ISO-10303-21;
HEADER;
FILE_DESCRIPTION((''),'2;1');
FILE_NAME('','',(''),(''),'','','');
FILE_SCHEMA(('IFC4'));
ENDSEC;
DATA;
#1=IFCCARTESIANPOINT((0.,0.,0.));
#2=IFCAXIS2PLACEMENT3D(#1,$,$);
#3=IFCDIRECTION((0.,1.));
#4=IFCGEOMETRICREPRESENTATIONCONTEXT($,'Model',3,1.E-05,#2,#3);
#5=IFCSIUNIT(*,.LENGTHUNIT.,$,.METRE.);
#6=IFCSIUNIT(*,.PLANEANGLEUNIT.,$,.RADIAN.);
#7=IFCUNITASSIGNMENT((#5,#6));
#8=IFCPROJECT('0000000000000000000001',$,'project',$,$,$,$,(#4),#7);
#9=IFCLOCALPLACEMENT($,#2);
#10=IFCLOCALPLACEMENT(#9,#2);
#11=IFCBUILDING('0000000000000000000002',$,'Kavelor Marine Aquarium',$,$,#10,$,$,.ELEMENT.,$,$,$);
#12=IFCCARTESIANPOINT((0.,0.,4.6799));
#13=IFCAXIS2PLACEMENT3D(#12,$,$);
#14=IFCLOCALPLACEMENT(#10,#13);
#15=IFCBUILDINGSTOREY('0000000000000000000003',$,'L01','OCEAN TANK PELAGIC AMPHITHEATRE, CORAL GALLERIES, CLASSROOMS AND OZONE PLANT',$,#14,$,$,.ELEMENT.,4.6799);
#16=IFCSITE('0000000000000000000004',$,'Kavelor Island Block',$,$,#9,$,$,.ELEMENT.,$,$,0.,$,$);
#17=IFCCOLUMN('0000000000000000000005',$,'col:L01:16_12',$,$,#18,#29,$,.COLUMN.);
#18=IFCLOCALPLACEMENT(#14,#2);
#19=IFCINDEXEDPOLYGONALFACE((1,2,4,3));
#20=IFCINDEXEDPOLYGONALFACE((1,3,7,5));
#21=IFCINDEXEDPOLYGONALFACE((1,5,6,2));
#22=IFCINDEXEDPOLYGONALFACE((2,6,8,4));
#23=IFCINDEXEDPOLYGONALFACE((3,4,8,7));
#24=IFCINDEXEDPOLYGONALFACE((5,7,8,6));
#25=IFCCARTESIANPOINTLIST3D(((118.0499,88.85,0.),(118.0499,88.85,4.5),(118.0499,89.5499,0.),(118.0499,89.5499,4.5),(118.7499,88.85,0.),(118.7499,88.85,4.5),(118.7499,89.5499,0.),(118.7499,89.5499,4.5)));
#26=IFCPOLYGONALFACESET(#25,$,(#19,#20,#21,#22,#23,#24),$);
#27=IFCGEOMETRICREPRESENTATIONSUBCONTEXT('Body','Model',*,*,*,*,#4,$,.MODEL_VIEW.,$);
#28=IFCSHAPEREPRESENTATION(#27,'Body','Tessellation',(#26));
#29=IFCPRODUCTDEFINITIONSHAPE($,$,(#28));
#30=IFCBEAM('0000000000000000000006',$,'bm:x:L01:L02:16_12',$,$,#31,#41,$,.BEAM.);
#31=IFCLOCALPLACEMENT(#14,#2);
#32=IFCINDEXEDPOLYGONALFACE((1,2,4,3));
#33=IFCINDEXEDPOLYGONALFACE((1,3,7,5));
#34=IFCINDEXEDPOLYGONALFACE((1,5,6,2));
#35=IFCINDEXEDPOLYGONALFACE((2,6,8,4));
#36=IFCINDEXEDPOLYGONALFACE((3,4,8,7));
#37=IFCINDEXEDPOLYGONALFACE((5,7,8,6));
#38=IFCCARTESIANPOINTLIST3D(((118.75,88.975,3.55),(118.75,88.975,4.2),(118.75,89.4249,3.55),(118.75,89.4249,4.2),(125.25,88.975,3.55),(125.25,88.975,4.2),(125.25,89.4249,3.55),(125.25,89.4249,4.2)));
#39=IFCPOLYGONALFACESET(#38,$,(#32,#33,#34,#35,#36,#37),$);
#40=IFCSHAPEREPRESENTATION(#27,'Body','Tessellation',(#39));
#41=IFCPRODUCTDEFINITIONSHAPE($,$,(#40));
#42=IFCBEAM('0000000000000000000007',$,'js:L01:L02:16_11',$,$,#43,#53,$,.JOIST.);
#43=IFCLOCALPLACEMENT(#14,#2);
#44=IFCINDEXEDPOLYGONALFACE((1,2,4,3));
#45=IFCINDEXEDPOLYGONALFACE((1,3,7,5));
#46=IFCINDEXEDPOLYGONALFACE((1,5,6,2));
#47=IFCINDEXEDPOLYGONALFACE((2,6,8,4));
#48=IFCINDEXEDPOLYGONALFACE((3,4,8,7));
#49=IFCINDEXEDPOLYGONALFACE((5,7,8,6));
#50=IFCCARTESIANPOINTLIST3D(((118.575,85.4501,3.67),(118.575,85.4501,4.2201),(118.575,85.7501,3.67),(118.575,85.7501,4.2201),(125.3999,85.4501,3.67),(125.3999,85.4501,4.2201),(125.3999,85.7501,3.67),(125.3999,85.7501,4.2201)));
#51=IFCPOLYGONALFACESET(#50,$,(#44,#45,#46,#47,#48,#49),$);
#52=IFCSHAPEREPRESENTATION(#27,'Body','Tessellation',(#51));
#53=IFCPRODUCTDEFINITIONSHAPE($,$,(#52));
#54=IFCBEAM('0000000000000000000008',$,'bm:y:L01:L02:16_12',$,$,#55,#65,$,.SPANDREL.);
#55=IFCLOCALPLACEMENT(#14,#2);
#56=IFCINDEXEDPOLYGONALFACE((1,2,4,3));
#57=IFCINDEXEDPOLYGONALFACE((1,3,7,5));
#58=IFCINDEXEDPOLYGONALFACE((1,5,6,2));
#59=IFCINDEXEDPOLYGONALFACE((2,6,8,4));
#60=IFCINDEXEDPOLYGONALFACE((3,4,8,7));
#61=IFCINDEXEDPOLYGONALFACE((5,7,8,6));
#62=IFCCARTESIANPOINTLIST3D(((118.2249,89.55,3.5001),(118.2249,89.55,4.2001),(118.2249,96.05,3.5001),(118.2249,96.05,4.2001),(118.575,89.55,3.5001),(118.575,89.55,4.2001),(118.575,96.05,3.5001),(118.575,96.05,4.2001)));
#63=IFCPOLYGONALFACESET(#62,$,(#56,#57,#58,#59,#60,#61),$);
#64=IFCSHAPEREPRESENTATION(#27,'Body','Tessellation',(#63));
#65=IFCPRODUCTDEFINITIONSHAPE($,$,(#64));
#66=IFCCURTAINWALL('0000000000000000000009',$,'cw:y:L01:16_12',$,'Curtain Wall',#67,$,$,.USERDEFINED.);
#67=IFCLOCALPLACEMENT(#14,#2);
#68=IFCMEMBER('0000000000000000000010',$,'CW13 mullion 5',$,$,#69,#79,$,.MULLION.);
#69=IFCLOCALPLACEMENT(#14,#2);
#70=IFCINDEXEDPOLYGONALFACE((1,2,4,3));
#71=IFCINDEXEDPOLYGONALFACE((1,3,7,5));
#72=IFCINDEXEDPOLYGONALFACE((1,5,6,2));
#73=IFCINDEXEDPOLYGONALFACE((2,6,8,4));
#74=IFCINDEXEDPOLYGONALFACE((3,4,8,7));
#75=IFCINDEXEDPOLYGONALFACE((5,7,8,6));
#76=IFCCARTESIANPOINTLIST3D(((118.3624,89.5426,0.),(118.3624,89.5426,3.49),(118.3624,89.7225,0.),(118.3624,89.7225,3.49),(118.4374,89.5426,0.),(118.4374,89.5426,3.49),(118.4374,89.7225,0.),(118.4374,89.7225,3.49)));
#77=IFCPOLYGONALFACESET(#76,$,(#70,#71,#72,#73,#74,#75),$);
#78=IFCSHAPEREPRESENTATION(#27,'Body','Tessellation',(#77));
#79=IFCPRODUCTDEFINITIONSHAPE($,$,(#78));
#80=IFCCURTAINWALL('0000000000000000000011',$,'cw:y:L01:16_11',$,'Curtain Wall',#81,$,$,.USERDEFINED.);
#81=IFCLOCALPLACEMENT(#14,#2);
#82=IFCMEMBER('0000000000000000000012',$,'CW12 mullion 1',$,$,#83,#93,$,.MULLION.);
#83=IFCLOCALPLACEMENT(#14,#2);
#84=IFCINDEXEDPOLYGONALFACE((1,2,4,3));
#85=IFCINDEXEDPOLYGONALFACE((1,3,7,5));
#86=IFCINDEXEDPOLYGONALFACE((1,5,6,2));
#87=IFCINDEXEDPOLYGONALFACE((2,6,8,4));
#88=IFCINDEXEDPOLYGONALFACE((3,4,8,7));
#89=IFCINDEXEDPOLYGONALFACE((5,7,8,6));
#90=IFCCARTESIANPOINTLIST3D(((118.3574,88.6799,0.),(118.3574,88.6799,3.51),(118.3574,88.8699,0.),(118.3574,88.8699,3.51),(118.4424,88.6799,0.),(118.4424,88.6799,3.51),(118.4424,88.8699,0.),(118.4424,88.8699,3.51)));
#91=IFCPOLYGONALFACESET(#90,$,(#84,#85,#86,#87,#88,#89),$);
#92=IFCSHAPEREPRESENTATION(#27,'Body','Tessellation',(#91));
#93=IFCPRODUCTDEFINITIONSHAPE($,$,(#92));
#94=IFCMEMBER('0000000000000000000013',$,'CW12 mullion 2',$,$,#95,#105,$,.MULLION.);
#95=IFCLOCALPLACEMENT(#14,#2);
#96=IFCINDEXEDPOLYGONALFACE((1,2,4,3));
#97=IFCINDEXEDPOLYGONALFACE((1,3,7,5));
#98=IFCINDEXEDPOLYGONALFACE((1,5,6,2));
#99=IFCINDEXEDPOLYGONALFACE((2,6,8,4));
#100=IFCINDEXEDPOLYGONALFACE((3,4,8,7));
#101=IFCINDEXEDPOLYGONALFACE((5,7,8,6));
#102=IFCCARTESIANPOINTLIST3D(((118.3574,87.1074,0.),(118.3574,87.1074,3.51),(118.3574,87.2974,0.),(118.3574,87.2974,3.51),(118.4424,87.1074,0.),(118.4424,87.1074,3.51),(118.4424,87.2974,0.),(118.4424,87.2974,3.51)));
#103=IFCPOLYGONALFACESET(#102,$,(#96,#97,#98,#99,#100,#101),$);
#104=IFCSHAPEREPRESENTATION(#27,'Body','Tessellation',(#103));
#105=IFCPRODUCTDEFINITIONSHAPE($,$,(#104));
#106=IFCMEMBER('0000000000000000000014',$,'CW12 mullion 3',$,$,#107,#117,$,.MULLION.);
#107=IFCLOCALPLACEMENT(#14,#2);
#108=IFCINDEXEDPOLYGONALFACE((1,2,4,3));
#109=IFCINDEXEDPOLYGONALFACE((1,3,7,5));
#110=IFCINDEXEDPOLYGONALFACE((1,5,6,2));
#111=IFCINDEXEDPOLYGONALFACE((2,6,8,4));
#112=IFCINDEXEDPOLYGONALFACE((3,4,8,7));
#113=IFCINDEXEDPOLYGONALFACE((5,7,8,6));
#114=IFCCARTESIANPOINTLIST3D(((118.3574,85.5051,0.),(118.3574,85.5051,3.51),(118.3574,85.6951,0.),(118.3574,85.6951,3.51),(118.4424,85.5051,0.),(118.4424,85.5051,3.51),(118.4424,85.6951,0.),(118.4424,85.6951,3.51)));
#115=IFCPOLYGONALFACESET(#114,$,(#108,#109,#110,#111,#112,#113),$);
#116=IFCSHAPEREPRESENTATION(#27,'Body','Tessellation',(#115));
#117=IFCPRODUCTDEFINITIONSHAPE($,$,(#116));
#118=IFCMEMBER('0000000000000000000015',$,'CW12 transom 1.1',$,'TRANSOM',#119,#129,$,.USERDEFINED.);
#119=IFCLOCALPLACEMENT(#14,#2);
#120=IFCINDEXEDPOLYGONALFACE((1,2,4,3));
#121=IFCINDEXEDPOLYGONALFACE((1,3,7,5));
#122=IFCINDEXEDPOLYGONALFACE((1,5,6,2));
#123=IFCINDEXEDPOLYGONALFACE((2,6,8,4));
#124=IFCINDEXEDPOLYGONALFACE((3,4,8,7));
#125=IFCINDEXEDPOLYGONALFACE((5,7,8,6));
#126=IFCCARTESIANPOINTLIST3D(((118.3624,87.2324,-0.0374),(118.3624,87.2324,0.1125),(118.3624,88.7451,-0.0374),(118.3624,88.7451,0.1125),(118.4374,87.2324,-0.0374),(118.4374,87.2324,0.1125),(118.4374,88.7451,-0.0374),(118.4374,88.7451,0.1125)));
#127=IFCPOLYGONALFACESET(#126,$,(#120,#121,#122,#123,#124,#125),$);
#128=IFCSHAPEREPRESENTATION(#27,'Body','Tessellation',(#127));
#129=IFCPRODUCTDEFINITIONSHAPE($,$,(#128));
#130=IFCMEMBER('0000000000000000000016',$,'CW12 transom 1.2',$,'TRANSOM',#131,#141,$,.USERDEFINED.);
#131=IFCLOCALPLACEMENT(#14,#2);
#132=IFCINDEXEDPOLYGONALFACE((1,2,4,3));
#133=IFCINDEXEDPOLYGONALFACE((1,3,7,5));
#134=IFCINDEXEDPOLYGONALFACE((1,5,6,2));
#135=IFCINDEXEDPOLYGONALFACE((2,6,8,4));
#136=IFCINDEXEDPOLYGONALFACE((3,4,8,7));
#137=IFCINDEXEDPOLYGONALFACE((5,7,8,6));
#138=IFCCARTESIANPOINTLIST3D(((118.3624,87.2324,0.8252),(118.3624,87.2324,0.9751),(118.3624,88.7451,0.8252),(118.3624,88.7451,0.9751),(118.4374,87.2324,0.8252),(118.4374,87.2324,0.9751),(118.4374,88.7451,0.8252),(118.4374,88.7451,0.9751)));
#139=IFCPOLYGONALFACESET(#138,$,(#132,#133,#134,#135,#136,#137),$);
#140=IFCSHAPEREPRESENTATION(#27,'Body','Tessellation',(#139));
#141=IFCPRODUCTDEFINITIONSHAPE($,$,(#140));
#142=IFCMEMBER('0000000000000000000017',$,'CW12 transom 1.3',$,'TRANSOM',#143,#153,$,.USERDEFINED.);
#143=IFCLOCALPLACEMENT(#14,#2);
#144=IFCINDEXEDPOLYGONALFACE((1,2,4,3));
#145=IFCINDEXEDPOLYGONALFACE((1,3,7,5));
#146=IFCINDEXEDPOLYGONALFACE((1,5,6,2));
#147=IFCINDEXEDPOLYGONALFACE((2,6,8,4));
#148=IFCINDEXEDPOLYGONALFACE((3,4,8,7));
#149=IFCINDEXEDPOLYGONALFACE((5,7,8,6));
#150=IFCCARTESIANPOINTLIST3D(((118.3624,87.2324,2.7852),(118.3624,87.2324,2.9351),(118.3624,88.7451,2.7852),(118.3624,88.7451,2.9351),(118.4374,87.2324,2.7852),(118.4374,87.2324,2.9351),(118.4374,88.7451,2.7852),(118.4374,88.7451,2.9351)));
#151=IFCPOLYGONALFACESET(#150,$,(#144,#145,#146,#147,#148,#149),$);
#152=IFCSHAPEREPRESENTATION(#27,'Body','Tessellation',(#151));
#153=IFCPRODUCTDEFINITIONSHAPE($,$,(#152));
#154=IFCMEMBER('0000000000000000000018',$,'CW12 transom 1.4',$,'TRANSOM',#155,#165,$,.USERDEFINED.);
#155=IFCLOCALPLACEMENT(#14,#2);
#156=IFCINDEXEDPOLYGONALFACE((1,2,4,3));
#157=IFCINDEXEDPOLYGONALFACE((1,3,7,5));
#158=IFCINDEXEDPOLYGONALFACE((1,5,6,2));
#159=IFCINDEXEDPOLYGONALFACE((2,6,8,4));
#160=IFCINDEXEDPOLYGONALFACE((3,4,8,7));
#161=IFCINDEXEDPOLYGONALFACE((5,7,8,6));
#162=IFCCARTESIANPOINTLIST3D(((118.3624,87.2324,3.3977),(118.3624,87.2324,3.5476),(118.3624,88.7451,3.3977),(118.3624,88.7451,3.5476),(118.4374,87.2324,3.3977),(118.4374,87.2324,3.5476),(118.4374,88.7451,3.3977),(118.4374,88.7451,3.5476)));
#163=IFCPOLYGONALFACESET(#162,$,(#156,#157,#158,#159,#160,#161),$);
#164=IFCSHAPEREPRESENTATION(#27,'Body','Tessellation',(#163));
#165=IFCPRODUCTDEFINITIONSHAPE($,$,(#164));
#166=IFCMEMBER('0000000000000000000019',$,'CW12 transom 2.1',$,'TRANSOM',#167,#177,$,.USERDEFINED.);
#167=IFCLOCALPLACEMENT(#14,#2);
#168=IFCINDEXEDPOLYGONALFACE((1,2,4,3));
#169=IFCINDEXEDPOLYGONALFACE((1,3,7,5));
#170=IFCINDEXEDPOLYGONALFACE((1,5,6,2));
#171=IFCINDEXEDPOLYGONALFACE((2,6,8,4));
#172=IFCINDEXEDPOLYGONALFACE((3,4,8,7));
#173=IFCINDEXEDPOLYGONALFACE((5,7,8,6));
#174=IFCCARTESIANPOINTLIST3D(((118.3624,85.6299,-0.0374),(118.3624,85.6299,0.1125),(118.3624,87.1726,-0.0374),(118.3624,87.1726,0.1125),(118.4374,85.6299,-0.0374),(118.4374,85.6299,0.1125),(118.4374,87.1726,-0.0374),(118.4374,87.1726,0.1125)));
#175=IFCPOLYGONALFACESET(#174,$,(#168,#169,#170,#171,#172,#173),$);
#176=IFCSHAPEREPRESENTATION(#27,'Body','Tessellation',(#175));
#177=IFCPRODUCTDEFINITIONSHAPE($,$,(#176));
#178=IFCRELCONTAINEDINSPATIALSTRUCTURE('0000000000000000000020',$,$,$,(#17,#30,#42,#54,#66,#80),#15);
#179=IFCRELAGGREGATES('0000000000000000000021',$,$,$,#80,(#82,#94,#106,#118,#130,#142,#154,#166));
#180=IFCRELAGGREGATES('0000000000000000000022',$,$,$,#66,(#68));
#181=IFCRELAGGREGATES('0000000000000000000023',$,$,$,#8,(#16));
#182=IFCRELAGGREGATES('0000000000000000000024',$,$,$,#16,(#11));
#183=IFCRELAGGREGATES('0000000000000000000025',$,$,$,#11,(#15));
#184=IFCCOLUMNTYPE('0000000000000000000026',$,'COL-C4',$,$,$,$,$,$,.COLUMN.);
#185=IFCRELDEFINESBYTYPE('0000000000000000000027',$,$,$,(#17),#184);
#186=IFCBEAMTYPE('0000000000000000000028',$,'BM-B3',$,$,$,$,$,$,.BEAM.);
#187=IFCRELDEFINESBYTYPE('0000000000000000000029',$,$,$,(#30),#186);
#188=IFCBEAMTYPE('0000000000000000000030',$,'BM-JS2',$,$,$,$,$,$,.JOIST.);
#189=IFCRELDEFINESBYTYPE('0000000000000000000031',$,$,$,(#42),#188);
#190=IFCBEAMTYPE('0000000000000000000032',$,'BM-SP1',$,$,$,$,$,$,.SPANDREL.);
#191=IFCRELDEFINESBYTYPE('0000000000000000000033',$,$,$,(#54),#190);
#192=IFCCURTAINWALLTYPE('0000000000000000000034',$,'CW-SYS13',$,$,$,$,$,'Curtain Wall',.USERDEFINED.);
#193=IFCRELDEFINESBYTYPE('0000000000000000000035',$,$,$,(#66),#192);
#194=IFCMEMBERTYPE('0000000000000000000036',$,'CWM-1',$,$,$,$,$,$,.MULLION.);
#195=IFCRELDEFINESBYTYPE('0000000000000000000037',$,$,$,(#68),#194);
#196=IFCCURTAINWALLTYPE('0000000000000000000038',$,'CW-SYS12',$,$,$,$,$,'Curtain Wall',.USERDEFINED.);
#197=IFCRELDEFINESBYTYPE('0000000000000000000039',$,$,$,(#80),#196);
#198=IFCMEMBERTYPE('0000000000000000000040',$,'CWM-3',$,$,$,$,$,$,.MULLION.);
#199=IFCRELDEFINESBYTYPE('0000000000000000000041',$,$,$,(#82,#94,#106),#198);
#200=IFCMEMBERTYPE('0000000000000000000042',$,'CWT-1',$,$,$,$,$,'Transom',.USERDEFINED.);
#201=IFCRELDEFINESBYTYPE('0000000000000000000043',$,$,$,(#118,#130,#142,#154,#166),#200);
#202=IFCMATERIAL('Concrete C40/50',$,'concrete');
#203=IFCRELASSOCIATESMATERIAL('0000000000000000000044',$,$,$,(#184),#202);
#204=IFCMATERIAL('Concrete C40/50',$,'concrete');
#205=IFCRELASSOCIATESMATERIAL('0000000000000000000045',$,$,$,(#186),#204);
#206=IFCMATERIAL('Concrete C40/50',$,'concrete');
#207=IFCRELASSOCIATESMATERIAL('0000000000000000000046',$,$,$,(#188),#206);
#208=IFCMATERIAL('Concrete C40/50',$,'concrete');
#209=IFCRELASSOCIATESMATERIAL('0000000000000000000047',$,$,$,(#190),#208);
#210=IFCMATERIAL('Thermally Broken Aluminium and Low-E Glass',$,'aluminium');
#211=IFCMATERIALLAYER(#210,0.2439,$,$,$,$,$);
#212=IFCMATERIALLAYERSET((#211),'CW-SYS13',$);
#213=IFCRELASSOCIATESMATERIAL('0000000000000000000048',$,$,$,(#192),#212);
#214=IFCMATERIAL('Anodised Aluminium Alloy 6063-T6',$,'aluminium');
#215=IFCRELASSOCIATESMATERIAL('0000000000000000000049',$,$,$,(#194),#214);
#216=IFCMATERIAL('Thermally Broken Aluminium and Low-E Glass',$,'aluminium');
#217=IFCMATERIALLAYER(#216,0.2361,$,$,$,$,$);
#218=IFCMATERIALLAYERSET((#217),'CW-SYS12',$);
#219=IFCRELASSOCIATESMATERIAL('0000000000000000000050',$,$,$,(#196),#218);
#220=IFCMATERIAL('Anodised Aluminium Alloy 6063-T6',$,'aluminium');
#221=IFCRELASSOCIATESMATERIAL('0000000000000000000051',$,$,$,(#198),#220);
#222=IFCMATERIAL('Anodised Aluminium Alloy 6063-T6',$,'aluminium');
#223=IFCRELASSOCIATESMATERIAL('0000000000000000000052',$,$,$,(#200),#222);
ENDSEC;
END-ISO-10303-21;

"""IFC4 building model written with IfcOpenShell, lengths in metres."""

from ifc_helpers import new_model, si_unit, direction, frame, origin, origin_2d, place, context, subcontext, project, spatial, rectangle, extrude, material, layer, layer_set, material_profile, profile_set, type_object, element, aggregate, save


model = new_model("IFC4")

# Units and contexts
model_context = context("Model", 3, precision=1e-05, world=origin(), true_north=direction((0.0, 1.0)))
body_context = subcontext(model_context, "Body", "Model", "MODEL_VIEW")
ifc_project = project(units=[si_unit("LENGTHUNIT", "METRE"), si_unit("PLANEANGLEUNIT", "RADIAN")], contexts=[model_context])

# Site, building, storey
site_placement = place(None, origin())
site = spatial("IfcSite", under=ifc_project, at=site_placement, Name="Kavelor Island Block", CompositionType="ELEMENT", RefElevation=0.0)
building_placement = place(site_placement, origin())
building = spatial("IfcBuilding", under=site, at=building_placement, Name="Kavelor Marine Aquarium", CompositionType="ELEMENT")
storey_placement = place(building_placement, frame((0.0, 0.0, 4.6799)))
storey = spatial("IfcBuildingStorey", under=building, at=storey_placement, Name="L01", Description="OCEAN TANK PELAGIC AMPHITHEATRE, CORAL GALLERIES, CLASSROOMS AND OZONE PLANT", CompositionType="ELEMENT", Elevation=4.6799)

# Column
ifc_material_1 = material(Name="Concrete C40/50", Category="concrete")
ifc_material_profile_1 = material_profile(ifc_material_1, rectangle(XDim=0.7, YDim=0.7, at=origin_2d()), Name="RC-COL 700x700")
ifc_profile_set_1 = profile_set([ifc_material_profile_1], Name="Concrete C40/50")
column_type = type_object("IfcColumnType", Name="COL-C4", PredefinedType="COLUMN", material=ifc_profile_set_1)
column_placement = place(storey_placement, frame((118.3999, 89.2, 0.0), z_axis=(0.0, 0.0, 1.0), x_axis=(1.0, 0.0, 0.0)))
element("IfcColumn", 1, at=column_placement, inside=storey, type_object=column_type, Name="col:L01:16_12", PredefinedType="COLUMN", context=body_context, shape_type="SweptSolid", body=[
    extrude(rectangle(XDim=0.7, YDim=0.7, at=origin_2d()), origin(), (0.0, 0.0, 1.0), 4.5),
])

# Beams
ifc_material_2 = material(Name="Concrete C40/50", Category="concrete")
ifc_material_profile_2 = material_profile(ifc_material_2, rectangle(XDim=0.45, YDim=0.6499, at=origin_2d()), Name="RC-BM 450x650")
ifc_profile_set_2 = profile_set([ifc_material_profile_2], Name="Concrete C40/50")
beam_type_1 = type_object("IfcBeamType", Name="BM-B3", PredefinedType="BEAM", material=ifc_profile_set_2)
beam_1_placement = place(storey_placement, frame((118.75, 89.2, 3.875), z_axis=(1.0, 0.0, 0.0), x_axis=(0.0, 1.0, 0.0)))
element("IfcBeam", 2, at=beam_1_placement, inside=storey, type_object=beam_type_1, Name="bm:x:L01:L02:16_12", PredefinedType="BEAM", context=body_context, shape_type="SweptSolid", body=[
    extrude(rectangle(XDim=0.45, YDim=0.6499, at=origin_2d()), origin(), (0.0, 0.0, 1.0), 6.5),
])
ifc_material_3 = material(Name="Concrete C40/50", Category="concrete")
ifc_material_profile_3 = material_profile(ifc_material_3, rectangle(XDim=0.3, YDim=0.55, at=origin_2d()), Name="RC-JS 300x550")
ifc_profile_set_3 = profile_set([ifc_material_profile_3], Name="Concrete C40/50")
beam_type_2 = type_object("IfcBeamType", Name="BM-JS2", PredefinedType="JOIST", material=ifc_profile_set_3)
beam_2_placement = place(storey_placement, frame((118.575, 85.6001, 3.9451), z_axis=(1.0, 0.0, 0.0), x_axis=(0.0, 1.0, 0.0)))
element("IfcBeam", 3, at=beam_2_placement, inside=storey, type_object=beam_type_2, Name="js:L01:L02:16_11", PredefinedType="JOIST", context=body_context, shape_type="SweptSolid", body=[
    extrude(rectangle(XDim=0.3, YDim=0.55, at=origin_2d()), origin(), (0.0, 0.0, 1.0), 6.825),
])
ifc_material_4 = material(Name="Concrete C40/50", Category="concrete")
ifc_material_profile_4 = material_profile(ifc_material_4, rectangle(XDim=0.3501, YDim=0.7, at=origin_2d()), Name="RC-SP 350x700")
ifc_profile_set_4 = profile_set([ifc_material_profile_4], Name="Concrete C40/50")
beam_type_3 = type_object("IfcBeamType", Name="BM-SP1", PredefinedType="SPANDREL", material=ifc_profile_set_4)
beam_3_placement = place(storey_placement, frame((118.3999, 89.55, 3.8501), z_axis=(0.0, 1.0, 0.0), x_axis=(-1.0, 0.0, 0.0)))
element("IfcBeam", 4, at=beam_3_placement, inside=storey, type_object=beam_type_3, Name="bm:y:L01:L02:16_12", PredefinedType="SPANDREL", context=body_context, shape_type="SweptSolid", body=[
    extrude(rectangle(XDim=0.3501, YDim=0.7, at=origin_2d()), origin(), (0.0, 0.0, 1.0), 6.5),
])

# Curtain wall, member
ifc_material_5 = material(Name="Thermally Broken Aluminium and Low-E Glass", Category="aluminium")
ifc_layer_1 = layer(ifc_material_5, 0.2439)
ifc_layer_set_1 = layer_set([ifc_layer_1], Name="CW-SYS13")
curtain_wall_type_1 = type_object("IfcCurtainWallType", Name="CW-SYS13", ElementType="Curtain Wall", PredefinedType="USERDEFINED", material=ifc_layer_set_1)
curtain_wall_1_placement = place(storey_placement, origin())
curtain_wall_1 = element("IfcCurtainWall", 5, at=curtain_wall_1_placement, inside=storey, type_object=curtain_wall_type_1, Name="cw:y:L01:16_12", ObjectType="Curtain Wall", PredefinedType="USERDEFINED")
ifc_material_6 = material(Name="Anodised Aluminium Alloy 6063-T6", Category="aluminium")
ifc_material_profile_5 = material_profile(ifc_material_6, rectangle(XDim=0.075, YDim=0.1799, at=origin_2d()), Name="CW-MUL 75x180")
ifc_profile_set_5 = profile_set([ifc_material_profile_5], Name="Anodised Aluminium Alloy 6063-T6")
member_type_1 = type_object("IfcMemberType", Name="CWM-1", PredefinedType="MULLION", material=ifc_profile_set_5)
member_1_placement = place(storey_placement, frame((118.3999, 89.6326, 0.0), z_axis=(0.0, 0.0, 1.0), x_axis=(1.0, 0.0, 0.0)))
member_1 = element("IfcMember", 6, at=member_1_placement, type_object=member_type_1, Name="CW13 mullion 5", PredefinedType="MULLION", context=body_context, shape_type="SweptSolid", body=[
    extrude(rectangle(XDim=0.075, YDim=0.1799, at=origin_2d()), origin(), (0.0, 0.0, 1.0), 3.49),
])

# Curtain wall, members
ifc_material_7 = material(Name="Thermally Broken Aluminium and Low-E Glass", Category="aluminium")
ifc_layer_2 = layer(ifc_material_7, 0.2361)
ifc_layer_set_2 = layer_set([ifc_layer_2], Name="CW-SYS12")
curtain_wall_type_2 = type_object("IfcCurtainWallType", Name="CW-SYS12", ElementType="Curtain Wall", PredefinedType="USERDEFINED", material=ifc_layer_set_2)
curtain_wall_2_placement = place(storey_placement, origin())
curtain_wall_2 = element("IfcCurtainWall", 7, at=curtain_wall_2_placement, inside=storey, type_object=curtain_wall_type_2, Name="cw:y:L01:16_11", ObjectType="Curtain Wall", PredefinedType="USERDEFINED")
ifc_material_8 = material(Name="Anodised Aluminium Alloy 6063-T6", Category="aluminium")
ifc_material_profile_6 = material_profile(ifc_material_8, rectangle(XDim=0.085, YDim=0.1899, at=origin_2d()), Name="CW-MUL 85x190")
ifc_profile_set_6 = profile_set([ifc_material_profile_6], Name="Anodised Aluminium Alloy 6063-T6")
member_type_2 = type_object("IfcMemberType", Name="CWM-3", PredefinedType="MULLION", material=ifc_profile_set_6)
member_2_placement = place(storey_placement, frame((118.3999, 88.7749, 0.0), z_axis=(0.0, 0.0, 1.0), x_axis=(1.0, 0.0, 0.0)))
member_2 = element("IfcMember", 8, at=member_2_placement, type_object=member_type_2, Name="CW12 mullion 1", PredefinedType="MULLION", context=body_context, shape_type="SweptSolid", body=[
    extrude(rectangle(XDim=0.085, YDim=0.1899, at=origin_2d()), origin(), (0.0, 0.0, 1.0), 3.51),
])
member_3_placement = place(storey_placement, frame((118.3999, 87.2024, 0.0), z_axis=(0.0, 0.0, 1.0), x_axis=(1.0, 0.0, 0.0)))
member_3 = element("IfcMember", 9, at=member_3_placement, type_object=member_type_2, Name="CW12 mullion 2", PredefinedType="MULLION", context=body_context, shape_type="SweptSolid", body=[
    extrude(rectangle(XDim=0.085, YDim=0.1899, at=origin_2d()), origin(), (0.0, 0.0, 1.0), 3.51),
])
member_4_placement = place(storey_placement, frame((118.3999, 85.6001, 0.0), z_axis=(0.0, 0.0, 1.0), x_axis=(1.0, 0.0, 0.0)))
member_4 = element("IfcMember", 10, at=member_4_placement, type_object=member_type_2, Name="CW12 mullion 3", PredefinedType="MULLION", context=body_context, shape_type="SweptSolid", body=[
    extrude(rectangle(XDim=0.085, YDim=0.1899, at=origin_2d()), origin(), (0.0, 0.0, 1.0), 3.51),
])
ifc_material_9 = material(Name="Anodised Aluminium Alloy 6063-T6", Category="aluminium")
ifc_material_profile_7 = material_profile(ifc_material_9, rectangle(XDim=0.075, YDim=0.1499, at=origin_2d()), Name="CW-TRN 75x150")
ifc_profile_set_7 = profile_set([ifc_material_profile_7], Name="Anodised Aluminium Alloy 6063-T6")
member_type_3 = type_object("IfcMemberType", Name="CWT-1", ElementType="Transom", PredefinedType="USERDEFINED", material=ifc_profile_set_7)
member_5_placement = place(storey_placement, frame((118.3999, 88.7451, 0.0376), z_axis=(0.0, -1.0, 0.0), x_axis=(1.0, 0.0, 0.0)))
member_5 = element("IfcMember", 11, at=member_5_placement, type_object=member_type_3, Name="CW12 transom 1.1", ObjectType="TRANSOM", PredefinedType="USERDEFINED", context=body_context, shape_type="SweptSolid", body=[
    extrude(rectangle(XDim=0.075, YDim=0.1499, at=origin_2d()), origin(), (0.0, 0.0, 1.0), 1.5127),
])
member_6_placement = place(storey_placement, frame((118.3999, 88.7451, 0.9001), z_axis=(0.0, -1.0, 0.0), x_axis=(1.0, 0.0, 0.0)))
member_6 = element("IfcMember", 12, at=member_6_placement, type_object=member_type_3, Name="CW12 transom 1.2", ObjectType="TRANSOM", PredefinedType="USERDEFINED", context=body_context, shape_type="SweptSolid", body=[
    extrude(rectangle(XDim=0.075, YDim=0.1499, at=origin_2d()), origin(), (0.0, 0.0, 1.0), 1.5127),
])
member_7_placement = place(storey_placement, frame((118.3999, 88.7451, 2.8601), z_axis=(0.0, -1.0, 0.0), x_axis=(1.0, 0.0, 0.0)))
member_7 = element("IfcMember", 13, at=member_7_placement, type_object=member_type_3, Name="CW12 transom 1.3", ObjectType="TRANSOM", PredefinedType="USERDEFINED", context=body_context, shape_type="SweptSolid", body=[
    extrude(rectangle(XDim=0.075, YDim=0.1499, at=origin_2d()), origin(), (0.0, 0.0, 1.0), 1.5127),
])
member_8_placement = place(storey_placement, frame((118.3999, 88.7451, 3.4727), z_axis=(0.0, -1.0, 0.0), x_axis=(1.0, 0.0, 0.0)))
member_8 = element("IfcMember", 14, at=member_8_placement, type_object=member_type_3, Name="CW12 transom 1.4", ObjectType="TRANSOM", PredefinedType="USERDEFINED", context=body_context, shape_type="SweptSolid", body=[
    extrude(rectangle(XDim=0.075, YDim=0.1499, at=origin_2d()), origin(), (0.0, 0.0, 1.0), 1.5127),
])
member_9_placement = place(storey_placement, frame((118.3999, 87.1726, 0.0376), z_axis=(0.0, -1.0, 0.0), x_axis=(1.0, 0.0, 0.0)))
member_9 = element("IfcMember", 15, at=member_9_placement, type_object=member_type_3, Name="CW12 transom 2.1", ObjectType="TRANSOM", PredefinedType="USERDEFINED", context=body_context, shape_type="SweptSolid", body=[
    extrude(rectangle(XDim=0.075, YDim=0.1499, at=origin_2d()), origin(), (0.0, 0.0, 1.0), 1.5427),
])

aggregate(curtain_wall_2, [member_2, member_3, member_4, member_5, member_6, member_7, member_8, member_9])
aggregate(curtain_wall_1, [member_1])

save(model, "model.ifc")
